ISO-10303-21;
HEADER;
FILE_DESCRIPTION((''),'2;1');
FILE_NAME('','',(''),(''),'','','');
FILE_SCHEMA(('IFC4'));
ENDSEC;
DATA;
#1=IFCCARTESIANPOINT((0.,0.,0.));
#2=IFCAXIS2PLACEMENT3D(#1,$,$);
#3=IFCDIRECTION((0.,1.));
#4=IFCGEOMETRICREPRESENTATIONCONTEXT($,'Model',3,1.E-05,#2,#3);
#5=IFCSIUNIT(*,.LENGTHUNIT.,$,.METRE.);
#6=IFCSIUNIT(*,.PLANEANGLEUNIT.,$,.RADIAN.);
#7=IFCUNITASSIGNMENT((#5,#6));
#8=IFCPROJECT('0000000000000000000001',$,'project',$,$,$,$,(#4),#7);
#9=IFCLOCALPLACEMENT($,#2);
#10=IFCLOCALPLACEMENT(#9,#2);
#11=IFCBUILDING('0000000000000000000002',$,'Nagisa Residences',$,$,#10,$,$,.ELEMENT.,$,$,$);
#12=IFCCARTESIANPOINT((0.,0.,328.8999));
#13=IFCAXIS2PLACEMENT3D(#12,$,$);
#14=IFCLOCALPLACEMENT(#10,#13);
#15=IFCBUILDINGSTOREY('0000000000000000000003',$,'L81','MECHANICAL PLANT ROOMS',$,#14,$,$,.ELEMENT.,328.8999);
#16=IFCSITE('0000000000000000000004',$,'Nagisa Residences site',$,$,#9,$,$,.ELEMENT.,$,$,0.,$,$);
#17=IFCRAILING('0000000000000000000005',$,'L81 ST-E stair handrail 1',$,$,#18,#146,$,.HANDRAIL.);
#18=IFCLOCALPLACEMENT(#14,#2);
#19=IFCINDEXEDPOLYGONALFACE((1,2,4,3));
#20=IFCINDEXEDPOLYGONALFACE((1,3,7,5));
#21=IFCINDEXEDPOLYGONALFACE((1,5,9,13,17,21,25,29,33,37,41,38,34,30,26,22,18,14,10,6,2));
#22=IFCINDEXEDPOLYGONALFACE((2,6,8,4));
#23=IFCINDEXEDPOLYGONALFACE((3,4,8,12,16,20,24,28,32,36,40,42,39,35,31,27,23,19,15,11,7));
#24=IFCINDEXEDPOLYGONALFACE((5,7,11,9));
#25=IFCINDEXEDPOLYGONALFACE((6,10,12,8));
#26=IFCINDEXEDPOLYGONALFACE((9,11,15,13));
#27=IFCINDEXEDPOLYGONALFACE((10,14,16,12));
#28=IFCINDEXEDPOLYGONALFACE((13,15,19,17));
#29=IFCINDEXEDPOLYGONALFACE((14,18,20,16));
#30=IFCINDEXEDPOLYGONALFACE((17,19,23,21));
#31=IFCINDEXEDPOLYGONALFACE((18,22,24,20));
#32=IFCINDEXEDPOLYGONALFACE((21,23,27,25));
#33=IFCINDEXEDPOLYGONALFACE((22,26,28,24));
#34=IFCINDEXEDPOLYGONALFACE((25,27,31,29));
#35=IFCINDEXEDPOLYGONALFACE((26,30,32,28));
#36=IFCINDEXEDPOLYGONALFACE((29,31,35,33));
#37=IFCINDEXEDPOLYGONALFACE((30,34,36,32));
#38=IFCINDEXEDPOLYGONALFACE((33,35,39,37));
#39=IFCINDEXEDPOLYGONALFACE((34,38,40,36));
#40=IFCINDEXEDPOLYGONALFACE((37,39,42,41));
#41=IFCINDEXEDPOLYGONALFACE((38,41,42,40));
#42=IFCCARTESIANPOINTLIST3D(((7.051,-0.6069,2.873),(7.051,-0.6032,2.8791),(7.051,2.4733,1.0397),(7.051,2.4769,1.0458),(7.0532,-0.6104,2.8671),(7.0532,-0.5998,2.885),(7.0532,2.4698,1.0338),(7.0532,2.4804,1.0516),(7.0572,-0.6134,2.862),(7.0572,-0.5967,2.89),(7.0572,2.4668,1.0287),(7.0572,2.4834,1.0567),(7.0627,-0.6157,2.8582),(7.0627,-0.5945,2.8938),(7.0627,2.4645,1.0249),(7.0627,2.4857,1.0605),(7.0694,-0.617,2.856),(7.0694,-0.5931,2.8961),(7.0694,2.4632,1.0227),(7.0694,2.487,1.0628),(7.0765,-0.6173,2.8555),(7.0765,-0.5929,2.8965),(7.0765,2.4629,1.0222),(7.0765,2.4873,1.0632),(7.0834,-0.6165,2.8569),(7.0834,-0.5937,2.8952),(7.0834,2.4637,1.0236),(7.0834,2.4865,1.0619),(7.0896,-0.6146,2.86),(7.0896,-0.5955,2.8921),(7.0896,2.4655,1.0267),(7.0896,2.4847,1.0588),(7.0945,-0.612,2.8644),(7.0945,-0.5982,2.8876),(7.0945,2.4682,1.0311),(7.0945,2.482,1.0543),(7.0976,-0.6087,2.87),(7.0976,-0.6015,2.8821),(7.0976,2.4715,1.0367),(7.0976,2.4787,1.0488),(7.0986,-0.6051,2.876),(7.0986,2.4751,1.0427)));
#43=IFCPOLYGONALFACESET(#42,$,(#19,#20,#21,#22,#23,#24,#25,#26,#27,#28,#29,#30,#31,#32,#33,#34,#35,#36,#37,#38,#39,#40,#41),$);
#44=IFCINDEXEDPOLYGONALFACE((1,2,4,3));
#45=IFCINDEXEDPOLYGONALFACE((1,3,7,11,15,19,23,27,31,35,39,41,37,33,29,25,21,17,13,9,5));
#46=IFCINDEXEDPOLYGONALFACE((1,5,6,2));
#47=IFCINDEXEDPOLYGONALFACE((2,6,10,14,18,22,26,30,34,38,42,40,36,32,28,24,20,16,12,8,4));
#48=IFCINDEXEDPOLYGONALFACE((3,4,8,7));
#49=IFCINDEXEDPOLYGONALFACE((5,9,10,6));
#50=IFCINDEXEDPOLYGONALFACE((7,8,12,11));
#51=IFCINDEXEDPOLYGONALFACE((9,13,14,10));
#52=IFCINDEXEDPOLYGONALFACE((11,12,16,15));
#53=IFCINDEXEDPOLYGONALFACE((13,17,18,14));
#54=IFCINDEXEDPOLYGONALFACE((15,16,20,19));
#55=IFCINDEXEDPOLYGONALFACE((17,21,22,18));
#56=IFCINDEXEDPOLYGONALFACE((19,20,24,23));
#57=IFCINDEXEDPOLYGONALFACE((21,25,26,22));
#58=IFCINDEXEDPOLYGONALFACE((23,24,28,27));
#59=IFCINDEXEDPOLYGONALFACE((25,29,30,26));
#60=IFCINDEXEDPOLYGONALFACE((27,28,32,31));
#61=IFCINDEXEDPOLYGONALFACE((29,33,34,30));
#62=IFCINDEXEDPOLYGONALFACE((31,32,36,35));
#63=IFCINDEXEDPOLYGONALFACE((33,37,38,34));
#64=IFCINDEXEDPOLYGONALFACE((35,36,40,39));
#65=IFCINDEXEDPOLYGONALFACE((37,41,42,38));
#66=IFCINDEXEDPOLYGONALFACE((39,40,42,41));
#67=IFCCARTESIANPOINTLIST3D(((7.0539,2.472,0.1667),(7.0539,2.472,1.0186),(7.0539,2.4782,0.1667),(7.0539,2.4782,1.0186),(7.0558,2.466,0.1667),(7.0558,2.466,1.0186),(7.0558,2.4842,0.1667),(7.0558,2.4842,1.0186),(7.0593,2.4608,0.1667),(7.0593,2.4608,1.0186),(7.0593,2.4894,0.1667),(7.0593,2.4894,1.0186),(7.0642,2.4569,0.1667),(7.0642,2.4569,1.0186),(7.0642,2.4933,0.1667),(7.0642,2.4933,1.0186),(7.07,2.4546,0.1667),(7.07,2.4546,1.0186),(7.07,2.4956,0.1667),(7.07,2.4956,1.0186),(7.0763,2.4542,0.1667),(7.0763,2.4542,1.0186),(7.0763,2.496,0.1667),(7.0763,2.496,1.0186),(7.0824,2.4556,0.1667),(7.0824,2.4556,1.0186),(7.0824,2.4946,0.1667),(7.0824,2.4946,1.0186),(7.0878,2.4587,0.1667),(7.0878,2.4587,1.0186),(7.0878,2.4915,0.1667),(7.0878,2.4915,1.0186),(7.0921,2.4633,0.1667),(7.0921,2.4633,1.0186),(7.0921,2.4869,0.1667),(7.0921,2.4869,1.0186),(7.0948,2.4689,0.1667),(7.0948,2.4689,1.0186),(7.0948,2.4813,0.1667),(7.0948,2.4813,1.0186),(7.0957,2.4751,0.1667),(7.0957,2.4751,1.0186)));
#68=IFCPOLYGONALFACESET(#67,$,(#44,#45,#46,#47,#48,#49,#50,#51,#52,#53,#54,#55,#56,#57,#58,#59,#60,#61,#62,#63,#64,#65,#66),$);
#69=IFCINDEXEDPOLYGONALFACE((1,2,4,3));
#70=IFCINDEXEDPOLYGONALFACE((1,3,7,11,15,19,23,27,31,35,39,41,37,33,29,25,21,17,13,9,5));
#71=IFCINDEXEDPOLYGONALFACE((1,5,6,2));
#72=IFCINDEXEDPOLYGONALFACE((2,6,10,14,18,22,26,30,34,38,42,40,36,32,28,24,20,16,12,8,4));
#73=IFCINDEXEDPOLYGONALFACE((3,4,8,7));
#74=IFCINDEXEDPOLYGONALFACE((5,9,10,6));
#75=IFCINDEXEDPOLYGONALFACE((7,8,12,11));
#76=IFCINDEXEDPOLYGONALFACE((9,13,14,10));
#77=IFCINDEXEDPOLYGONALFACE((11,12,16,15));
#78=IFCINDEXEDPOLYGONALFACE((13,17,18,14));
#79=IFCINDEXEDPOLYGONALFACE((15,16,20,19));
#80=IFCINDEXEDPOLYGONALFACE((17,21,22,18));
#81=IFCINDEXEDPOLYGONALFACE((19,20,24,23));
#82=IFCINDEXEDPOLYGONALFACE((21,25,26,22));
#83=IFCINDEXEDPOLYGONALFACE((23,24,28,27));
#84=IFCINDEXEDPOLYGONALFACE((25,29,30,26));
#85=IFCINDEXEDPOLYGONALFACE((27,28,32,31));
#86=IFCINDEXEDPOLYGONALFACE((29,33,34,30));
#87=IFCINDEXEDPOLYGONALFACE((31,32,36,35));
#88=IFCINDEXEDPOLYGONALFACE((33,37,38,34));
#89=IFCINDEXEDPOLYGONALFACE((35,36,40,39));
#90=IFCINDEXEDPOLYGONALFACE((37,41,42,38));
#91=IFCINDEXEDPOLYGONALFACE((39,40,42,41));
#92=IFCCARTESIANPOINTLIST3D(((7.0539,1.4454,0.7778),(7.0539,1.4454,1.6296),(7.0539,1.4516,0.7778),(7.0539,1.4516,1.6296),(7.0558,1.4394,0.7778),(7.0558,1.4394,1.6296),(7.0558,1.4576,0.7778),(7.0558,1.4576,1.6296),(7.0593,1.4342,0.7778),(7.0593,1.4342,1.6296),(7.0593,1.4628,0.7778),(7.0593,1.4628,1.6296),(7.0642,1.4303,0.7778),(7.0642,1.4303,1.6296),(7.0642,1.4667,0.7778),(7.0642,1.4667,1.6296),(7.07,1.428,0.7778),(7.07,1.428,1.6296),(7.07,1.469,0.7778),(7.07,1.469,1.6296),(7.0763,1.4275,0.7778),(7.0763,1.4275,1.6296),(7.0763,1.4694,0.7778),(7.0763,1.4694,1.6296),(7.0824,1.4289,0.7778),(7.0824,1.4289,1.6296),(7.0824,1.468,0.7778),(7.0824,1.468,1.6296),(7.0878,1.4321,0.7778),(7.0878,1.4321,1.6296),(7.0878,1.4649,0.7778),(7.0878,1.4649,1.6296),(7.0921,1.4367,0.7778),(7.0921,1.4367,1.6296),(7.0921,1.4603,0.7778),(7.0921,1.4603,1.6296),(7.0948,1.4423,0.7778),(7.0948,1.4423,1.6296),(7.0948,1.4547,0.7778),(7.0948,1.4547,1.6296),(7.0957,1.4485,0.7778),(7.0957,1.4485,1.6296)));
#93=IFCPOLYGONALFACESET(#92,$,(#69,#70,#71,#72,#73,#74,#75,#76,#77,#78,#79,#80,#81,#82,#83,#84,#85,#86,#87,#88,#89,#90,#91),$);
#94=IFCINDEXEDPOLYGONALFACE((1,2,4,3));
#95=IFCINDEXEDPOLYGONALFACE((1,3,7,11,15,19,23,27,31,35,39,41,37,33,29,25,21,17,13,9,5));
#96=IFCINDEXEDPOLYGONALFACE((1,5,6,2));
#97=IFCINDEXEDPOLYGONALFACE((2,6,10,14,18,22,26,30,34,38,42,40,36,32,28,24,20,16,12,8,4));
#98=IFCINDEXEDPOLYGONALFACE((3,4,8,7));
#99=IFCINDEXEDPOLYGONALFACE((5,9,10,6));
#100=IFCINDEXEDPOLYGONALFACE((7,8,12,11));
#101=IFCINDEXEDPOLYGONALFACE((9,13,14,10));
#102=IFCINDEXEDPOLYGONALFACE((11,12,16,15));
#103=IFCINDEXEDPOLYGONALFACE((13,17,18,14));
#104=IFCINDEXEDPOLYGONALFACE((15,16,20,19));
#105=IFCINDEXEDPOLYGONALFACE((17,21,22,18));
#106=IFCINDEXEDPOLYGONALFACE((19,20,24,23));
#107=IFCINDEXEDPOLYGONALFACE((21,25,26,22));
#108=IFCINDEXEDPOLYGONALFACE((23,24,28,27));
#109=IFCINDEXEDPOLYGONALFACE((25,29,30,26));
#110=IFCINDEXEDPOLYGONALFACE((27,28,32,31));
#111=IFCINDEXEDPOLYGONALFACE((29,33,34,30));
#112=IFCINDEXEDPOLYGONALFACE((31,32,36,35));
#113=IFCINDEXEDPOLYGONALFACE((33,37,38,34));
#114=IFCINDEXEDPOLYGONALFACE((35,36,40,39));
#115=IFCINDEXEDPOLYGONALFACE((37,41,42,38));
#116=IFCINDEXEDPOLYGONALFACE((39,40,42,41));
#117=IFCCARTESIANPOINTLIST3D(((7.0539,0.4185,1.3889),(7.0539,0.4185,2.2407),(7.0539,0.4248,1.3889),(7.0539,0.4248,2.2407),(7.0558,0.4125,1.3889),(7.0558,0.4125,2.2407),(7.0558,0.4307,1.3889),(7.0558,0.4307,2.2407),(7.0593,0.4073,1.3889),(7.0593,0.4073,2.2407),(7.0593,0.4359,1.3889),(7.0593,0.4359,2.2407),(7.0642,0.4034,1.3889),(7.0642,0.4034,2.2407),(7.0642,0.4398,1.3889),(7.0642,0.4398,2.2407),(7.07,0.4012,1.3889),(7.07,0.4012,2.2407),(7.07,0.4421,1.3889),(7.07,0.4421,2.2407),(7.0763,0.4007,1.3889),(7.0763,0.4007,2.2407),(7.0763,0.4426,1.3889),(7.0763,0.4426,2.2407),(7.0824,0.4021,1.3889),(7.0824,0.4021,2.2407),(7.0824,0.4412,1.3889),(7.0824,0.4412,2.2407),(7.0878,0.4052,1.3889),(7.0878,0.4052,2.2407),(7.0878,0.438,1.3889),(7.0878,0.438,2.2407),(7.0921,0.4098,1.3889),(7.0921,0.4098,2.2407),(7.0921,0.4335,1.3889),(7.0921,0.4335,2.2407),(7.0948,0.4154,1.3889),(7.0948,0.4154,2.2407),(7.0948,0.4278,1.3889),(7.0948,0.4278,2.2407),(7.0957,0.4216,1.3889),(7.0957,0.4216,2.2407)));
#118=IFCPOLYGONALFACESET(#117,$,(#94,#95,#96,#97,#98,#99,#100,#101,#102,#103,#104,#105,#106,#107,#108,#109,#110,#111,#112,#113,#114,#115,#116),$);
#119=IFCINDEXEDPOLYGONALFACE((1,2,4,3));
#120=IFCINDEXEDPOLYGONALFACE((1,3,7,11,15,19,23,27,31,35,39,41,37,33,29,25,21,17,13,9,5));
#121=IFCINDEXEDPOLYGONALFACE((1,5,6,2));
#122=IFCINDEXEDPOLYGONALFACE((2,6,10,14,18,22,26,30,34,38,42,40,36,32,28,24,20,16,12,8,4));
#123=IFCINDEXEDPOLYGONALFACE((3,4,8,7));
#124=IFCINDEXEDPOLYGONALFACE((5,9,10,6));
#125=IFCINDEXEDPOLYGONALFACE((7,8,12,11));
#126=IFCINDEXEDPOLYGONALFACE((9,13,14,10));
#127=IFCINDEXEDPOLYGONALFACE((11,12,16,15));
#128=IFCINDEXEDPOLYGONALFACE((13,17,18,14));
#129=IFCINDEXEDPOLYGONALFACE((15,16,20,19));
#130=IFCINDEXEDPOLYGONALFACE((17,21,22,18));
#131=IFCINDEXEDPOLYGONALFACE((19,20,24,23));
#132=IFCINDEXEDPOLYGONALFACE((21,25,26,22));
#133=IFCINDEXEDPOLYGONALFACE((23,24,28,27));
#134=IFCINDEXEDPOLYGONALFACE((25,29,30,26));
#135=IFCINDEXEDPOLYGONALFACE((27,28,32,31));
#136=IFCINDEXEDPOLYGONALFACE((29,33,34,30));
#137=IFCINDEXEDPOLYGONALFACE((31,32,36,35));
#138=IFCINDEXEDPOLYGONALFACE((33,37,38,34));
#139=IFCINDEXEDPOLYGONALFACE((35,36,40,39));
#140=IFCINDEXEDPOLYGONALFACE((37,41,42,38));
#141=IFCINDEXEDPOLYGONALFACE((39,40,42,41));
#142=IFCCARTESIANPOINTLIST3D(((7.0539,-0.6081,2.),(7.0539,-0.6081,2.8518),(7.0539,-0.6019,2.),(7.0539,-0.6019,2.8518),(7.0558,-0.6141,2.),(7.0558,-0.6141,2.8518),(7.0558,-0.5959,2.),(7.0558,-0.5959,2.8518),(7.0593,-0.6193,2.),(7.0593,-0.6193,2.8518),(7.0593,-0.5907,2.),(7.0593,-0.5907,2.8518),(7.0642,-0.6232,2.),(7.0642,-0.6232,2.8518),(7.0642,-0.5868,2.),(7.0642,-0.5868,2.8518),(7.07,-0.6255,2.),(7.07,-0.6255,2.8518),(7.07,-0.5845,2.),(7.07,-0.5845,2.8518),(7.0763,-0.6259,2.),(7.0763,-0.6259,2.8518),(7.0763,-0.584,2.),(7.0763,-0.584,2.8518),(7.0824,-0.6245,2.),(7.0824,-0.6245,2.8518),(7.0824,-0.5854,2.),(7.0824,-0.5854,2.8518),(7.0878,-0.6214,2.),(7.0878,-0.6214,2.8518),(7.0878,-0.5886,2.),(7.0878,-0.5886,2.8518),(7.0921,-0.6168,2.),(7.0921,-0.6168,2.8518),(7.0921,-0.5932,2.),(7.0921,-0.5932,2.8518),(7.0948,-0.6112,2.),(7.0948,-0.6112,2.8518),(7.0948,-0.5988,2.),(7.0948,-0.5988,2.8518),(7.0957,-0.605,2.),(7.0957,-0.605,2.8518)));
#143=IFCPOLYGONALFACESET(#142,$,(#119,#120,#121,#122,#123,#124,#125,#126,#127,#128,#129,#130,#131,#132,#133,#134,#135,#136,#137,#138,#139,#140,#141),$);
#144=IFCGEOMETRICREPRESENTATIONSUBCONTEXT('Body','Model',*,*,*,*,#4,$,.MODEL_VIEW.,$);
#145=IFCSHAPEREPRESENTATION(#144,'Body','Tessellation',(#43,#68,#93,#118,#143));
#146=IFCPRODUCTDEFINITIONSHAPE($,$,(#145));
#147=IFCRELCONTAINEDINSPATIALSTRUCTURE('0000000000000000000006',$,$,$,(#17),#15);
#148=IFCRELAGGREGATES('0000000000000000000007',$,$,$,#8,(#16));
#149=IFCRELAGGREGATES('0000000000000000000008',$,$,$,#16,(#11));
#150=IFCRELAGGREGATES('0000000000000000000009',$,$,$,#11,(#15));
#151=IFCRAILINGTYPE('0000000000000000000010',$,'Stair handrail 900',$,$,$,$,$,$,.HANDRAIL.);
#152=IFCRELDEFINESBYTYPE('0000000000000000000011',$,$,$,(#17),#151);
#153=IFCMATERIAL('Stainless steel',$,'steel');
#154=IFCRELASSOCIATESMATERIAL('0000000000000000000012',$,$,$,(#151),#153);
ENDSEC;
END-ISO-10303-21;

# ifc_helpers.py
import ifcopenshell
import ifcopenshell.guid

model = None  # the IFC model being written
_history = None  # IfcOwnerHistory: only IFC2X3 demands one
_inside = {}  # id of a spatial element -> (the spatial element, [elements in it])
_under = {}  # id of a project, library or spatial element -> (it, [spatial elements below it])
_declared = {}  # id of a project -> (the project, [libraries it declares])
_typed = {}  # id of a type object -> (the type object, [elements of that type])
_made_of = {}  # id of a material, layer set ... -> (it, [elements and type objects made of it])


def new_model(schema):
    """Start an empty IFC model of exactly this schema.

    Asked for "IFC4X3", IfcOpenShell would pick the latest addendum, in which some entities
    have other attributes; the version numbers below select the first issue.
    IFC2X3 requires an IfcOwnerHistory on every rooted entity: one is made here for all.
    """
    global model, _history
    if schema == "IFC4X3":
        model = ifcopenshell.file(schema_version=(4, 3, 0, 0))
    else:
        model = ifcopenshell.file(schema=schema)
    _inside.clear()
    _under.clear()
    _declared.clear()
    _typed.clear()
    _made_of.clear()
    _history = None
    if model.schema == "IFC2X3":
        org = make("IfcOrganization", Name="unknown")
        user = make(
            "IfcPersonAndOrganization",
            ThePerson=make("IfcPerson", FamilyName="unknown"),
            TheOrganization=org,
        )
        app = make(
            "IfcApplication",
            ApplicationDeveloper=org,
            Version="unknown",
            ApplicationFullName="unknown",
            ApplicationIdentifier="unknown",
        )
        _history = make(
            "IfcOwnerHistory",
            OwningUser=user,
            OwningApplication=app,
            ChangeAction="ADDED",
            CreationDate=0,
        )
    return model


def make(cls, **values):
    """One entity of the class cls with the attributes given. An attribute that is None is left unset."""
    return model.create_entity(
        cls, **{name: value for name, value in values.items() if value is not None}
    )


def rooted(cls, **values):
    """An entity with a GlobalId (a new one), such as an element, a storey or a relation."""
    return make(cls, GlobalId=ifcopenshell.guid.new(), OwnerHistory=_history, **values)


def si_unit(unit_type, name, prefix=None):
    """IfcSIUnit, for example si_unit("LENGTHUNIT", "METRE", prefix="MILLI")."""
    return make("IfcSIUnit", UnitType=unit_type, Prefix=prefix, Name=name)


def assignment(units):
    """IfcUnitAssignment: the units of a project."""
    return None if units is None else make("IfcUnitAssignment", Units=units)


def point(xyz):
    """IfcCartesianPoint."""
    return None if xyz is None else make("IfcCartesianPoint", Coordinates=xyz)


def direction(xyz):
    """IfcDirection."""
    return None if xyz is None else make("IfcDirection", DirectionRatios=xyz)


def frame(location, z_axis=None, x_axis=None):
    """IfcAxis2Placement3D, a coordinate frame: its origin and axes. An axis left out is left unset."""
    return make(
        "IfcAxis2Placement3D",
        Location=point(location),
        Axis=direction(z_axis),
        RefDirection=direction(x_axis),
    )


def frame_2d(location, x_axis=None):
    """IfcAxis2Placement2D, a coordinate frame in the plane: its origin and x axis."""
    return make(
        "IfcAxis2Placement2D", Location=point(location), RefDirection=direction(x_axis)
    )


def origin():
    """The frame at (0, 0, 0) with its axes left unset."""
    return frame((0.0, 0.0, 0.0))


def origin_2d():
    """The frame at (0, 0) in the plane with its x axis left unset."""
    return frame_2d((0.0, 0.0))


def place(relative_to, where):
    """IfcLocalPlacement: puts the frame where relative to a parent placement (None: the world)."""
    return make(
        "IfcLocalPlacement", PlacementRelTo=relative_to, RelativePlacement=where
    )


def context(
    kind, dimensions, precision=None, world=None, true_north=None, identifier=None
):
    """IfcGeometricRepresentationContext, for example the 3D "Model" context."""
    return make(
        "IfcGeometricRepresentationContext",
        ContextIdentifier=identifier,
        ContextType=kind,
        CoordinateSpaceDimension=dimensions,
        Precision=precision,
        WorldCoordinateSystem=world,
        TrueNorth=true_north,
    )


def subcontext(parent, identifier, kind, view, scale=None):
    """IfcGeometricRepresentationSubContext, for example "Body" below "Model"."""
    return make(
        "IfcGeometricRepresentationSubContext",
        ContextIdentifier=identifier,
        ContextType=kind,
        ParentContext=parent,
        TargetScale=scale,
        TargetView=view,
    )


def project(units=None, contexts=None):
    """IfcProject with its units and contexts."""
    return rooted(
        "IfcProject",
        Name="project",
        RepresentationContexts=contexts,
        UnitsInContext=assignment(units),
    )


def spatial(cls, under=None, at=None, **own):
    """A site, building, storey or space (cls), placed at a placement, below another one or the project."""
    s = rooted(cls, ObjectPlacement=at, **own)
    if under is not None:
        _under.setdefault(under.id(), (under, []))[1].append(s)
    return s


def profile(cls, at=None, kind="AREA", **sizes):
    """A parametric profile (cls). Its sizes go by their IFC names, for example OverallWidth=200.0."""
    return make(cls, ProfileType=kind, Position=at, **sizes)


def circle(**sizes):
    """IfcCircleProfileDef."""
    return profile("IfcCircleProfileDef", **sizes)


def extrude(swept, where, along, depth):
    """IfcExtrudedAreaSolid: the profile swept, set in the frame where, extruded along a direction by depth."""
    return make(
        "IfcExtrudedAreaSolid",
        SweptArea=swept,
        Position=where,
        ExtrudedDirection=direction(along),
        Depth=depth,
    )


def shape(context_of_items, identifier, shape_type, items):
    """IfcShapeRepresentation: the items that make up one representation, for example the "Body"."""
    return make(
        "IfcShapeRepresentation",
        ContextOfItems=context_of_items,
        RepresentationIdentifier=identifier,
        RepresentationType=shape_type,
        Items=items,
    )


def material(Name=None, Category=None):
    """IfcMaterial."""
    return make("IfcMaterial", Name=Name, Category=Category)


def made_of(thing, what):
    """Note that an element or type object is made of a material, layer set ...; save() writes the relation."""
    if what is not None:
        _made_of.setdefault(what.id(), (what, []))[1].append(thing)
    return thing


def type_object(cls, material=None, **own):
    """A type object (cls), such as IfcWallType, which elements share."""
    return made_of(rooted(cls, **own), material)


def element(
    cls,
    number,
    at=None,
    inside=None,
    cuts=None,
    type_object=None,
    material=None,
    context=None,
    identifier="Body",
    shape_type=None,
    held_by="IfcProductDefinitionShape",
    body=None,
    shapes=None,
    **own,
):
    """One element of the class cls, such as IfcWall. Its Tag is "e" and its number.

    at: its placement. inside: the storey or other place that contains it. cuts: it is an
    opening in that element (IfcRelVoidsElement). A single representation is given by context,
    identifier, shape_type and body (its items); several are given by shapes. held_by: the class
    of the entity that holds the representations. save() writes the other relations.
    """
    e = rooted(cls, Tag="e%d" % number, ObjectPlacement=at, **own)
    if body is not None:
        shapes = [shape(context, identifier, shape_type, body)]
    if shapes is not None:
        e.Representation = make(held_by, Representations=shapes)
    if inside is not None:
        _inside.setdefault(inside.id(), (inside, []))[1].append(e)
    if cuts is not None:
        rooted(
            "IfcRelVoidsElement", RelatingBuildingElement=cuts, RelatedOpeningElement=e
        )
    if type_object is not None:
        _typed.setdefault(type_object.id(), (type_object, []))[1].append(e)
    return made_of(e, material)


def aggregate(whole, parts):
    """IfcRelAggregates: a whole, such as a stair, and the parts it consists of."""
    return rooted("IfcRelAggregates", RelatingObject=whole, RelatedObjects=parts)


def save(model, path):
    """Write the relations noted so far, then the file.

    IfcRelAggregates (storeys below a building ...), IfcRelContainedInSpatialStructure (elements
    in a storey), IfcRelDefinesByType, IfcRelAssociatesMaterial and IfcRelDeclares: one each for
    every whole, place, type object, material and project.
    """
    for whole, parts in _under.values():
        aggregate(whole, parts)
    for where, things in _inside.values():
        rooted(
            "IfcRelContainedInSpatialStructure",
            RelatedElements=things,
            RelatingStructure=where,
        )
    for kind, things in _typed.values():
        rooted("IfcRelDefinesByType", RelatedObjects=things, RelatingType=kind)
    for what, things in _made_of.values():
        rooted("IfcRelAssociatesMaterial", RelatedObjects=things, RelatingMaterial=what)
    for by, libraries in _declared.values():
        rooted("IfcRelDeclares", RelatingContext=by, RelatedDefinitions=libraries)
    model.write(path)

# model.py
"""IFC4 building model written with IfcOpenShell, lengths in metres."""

from ifc_helpers import new_model, si_unit, direction, frame, origin, origin_2d, place, context, subcontext, project, spatial, circle, extrude, material, type_object, element, save


model = new_model("IFC4")

# Units and contexts
model_context = context("Model", 3, precision=1e-05, world=origin(), true_north=direction((0.0, 1.0)))
body_context = subcontext(model_context, "Body", "Model", "MODEL_VIEW")
ifc_project = project(units=[si_unit("LENGTHUNIT", "METRE"), si_unit("PLANEANGLEUNIT", "RADIAN")], contexts=[model_context])

# Site, building, storey
site_placement = place(None, origin())
site = spatial("IfcSite", under=ifc_project, at=site_placement, Name="Nagisa Residences site", CompositionType="ELEMENT", RefElevation=0.0)
building_placement = place(site_placement, origin())
building = spatial("IfcBuilding", under=site, at=building_placement, Name="Nagisa Residences", CompositionType="ELEMENT")
storey_placement = place(building_placement, frame((0.0, 0.0, 328.8999)))
storey = spatial("IfcBuildingStorey", under=building, at=storey_placement, Name="L81", Description="MECHANICAL PLANT ROOMS", CompositionType="ELEMENT", Elevation=328.8999)

# Railing
ifc_material_1 = material(Name="Stainless steel", Category="steel")
railing_type_1 = type_object("IfcRailingType", Name="Stair handrail 900", PredefinedType="HANDRAIL", material=ifc_material_1)
railing_1_placement = place(storey_placement, frame((7.0747, 2.4751, 0.1667)))
element("IfcRailing", 1, at=railing_1_placement, inside=storey, type_object=railing_type_1, Name="L81 ST-E stair handrail 1", PredefinedType="HANDRAIL", context=body_context, shape_type="SweptSolid", body=[
    extrude(circle(Radius=0.0239, at=origin_2d()), frame((0.0, 0.0, 0.876), z_axis=(0.0, -0.859309, 0.511458), x_axis=(1.0, 0.0, 0.0)), (0.0, 0.0, 1.0), 3.5845),
    extrude(circle(Radius=0.021, at=origin_2d()), origin(), (0.0, 0.0, 1.0), 0.8518),
    extrude(circle(Radius=0.021, at=origin_2d()), frame((0.0, -1.0266, 0.6111)), (0.0, 0.0, 1.0), 0.8518),
    extrude(circle(Radius=0.021, at=origin_2d()), frame((0.0, -2.0535, 1.2222)), (0.0, 0.0, 1.0), 0.8518),
    extrude(circle(Radius=0.021, at=origin_2d()), frame((0.0, -3.0801, 1.8333)), (0.0, 0.0, 1.0), 0.8518),
])

save(model, "model.ifc")
